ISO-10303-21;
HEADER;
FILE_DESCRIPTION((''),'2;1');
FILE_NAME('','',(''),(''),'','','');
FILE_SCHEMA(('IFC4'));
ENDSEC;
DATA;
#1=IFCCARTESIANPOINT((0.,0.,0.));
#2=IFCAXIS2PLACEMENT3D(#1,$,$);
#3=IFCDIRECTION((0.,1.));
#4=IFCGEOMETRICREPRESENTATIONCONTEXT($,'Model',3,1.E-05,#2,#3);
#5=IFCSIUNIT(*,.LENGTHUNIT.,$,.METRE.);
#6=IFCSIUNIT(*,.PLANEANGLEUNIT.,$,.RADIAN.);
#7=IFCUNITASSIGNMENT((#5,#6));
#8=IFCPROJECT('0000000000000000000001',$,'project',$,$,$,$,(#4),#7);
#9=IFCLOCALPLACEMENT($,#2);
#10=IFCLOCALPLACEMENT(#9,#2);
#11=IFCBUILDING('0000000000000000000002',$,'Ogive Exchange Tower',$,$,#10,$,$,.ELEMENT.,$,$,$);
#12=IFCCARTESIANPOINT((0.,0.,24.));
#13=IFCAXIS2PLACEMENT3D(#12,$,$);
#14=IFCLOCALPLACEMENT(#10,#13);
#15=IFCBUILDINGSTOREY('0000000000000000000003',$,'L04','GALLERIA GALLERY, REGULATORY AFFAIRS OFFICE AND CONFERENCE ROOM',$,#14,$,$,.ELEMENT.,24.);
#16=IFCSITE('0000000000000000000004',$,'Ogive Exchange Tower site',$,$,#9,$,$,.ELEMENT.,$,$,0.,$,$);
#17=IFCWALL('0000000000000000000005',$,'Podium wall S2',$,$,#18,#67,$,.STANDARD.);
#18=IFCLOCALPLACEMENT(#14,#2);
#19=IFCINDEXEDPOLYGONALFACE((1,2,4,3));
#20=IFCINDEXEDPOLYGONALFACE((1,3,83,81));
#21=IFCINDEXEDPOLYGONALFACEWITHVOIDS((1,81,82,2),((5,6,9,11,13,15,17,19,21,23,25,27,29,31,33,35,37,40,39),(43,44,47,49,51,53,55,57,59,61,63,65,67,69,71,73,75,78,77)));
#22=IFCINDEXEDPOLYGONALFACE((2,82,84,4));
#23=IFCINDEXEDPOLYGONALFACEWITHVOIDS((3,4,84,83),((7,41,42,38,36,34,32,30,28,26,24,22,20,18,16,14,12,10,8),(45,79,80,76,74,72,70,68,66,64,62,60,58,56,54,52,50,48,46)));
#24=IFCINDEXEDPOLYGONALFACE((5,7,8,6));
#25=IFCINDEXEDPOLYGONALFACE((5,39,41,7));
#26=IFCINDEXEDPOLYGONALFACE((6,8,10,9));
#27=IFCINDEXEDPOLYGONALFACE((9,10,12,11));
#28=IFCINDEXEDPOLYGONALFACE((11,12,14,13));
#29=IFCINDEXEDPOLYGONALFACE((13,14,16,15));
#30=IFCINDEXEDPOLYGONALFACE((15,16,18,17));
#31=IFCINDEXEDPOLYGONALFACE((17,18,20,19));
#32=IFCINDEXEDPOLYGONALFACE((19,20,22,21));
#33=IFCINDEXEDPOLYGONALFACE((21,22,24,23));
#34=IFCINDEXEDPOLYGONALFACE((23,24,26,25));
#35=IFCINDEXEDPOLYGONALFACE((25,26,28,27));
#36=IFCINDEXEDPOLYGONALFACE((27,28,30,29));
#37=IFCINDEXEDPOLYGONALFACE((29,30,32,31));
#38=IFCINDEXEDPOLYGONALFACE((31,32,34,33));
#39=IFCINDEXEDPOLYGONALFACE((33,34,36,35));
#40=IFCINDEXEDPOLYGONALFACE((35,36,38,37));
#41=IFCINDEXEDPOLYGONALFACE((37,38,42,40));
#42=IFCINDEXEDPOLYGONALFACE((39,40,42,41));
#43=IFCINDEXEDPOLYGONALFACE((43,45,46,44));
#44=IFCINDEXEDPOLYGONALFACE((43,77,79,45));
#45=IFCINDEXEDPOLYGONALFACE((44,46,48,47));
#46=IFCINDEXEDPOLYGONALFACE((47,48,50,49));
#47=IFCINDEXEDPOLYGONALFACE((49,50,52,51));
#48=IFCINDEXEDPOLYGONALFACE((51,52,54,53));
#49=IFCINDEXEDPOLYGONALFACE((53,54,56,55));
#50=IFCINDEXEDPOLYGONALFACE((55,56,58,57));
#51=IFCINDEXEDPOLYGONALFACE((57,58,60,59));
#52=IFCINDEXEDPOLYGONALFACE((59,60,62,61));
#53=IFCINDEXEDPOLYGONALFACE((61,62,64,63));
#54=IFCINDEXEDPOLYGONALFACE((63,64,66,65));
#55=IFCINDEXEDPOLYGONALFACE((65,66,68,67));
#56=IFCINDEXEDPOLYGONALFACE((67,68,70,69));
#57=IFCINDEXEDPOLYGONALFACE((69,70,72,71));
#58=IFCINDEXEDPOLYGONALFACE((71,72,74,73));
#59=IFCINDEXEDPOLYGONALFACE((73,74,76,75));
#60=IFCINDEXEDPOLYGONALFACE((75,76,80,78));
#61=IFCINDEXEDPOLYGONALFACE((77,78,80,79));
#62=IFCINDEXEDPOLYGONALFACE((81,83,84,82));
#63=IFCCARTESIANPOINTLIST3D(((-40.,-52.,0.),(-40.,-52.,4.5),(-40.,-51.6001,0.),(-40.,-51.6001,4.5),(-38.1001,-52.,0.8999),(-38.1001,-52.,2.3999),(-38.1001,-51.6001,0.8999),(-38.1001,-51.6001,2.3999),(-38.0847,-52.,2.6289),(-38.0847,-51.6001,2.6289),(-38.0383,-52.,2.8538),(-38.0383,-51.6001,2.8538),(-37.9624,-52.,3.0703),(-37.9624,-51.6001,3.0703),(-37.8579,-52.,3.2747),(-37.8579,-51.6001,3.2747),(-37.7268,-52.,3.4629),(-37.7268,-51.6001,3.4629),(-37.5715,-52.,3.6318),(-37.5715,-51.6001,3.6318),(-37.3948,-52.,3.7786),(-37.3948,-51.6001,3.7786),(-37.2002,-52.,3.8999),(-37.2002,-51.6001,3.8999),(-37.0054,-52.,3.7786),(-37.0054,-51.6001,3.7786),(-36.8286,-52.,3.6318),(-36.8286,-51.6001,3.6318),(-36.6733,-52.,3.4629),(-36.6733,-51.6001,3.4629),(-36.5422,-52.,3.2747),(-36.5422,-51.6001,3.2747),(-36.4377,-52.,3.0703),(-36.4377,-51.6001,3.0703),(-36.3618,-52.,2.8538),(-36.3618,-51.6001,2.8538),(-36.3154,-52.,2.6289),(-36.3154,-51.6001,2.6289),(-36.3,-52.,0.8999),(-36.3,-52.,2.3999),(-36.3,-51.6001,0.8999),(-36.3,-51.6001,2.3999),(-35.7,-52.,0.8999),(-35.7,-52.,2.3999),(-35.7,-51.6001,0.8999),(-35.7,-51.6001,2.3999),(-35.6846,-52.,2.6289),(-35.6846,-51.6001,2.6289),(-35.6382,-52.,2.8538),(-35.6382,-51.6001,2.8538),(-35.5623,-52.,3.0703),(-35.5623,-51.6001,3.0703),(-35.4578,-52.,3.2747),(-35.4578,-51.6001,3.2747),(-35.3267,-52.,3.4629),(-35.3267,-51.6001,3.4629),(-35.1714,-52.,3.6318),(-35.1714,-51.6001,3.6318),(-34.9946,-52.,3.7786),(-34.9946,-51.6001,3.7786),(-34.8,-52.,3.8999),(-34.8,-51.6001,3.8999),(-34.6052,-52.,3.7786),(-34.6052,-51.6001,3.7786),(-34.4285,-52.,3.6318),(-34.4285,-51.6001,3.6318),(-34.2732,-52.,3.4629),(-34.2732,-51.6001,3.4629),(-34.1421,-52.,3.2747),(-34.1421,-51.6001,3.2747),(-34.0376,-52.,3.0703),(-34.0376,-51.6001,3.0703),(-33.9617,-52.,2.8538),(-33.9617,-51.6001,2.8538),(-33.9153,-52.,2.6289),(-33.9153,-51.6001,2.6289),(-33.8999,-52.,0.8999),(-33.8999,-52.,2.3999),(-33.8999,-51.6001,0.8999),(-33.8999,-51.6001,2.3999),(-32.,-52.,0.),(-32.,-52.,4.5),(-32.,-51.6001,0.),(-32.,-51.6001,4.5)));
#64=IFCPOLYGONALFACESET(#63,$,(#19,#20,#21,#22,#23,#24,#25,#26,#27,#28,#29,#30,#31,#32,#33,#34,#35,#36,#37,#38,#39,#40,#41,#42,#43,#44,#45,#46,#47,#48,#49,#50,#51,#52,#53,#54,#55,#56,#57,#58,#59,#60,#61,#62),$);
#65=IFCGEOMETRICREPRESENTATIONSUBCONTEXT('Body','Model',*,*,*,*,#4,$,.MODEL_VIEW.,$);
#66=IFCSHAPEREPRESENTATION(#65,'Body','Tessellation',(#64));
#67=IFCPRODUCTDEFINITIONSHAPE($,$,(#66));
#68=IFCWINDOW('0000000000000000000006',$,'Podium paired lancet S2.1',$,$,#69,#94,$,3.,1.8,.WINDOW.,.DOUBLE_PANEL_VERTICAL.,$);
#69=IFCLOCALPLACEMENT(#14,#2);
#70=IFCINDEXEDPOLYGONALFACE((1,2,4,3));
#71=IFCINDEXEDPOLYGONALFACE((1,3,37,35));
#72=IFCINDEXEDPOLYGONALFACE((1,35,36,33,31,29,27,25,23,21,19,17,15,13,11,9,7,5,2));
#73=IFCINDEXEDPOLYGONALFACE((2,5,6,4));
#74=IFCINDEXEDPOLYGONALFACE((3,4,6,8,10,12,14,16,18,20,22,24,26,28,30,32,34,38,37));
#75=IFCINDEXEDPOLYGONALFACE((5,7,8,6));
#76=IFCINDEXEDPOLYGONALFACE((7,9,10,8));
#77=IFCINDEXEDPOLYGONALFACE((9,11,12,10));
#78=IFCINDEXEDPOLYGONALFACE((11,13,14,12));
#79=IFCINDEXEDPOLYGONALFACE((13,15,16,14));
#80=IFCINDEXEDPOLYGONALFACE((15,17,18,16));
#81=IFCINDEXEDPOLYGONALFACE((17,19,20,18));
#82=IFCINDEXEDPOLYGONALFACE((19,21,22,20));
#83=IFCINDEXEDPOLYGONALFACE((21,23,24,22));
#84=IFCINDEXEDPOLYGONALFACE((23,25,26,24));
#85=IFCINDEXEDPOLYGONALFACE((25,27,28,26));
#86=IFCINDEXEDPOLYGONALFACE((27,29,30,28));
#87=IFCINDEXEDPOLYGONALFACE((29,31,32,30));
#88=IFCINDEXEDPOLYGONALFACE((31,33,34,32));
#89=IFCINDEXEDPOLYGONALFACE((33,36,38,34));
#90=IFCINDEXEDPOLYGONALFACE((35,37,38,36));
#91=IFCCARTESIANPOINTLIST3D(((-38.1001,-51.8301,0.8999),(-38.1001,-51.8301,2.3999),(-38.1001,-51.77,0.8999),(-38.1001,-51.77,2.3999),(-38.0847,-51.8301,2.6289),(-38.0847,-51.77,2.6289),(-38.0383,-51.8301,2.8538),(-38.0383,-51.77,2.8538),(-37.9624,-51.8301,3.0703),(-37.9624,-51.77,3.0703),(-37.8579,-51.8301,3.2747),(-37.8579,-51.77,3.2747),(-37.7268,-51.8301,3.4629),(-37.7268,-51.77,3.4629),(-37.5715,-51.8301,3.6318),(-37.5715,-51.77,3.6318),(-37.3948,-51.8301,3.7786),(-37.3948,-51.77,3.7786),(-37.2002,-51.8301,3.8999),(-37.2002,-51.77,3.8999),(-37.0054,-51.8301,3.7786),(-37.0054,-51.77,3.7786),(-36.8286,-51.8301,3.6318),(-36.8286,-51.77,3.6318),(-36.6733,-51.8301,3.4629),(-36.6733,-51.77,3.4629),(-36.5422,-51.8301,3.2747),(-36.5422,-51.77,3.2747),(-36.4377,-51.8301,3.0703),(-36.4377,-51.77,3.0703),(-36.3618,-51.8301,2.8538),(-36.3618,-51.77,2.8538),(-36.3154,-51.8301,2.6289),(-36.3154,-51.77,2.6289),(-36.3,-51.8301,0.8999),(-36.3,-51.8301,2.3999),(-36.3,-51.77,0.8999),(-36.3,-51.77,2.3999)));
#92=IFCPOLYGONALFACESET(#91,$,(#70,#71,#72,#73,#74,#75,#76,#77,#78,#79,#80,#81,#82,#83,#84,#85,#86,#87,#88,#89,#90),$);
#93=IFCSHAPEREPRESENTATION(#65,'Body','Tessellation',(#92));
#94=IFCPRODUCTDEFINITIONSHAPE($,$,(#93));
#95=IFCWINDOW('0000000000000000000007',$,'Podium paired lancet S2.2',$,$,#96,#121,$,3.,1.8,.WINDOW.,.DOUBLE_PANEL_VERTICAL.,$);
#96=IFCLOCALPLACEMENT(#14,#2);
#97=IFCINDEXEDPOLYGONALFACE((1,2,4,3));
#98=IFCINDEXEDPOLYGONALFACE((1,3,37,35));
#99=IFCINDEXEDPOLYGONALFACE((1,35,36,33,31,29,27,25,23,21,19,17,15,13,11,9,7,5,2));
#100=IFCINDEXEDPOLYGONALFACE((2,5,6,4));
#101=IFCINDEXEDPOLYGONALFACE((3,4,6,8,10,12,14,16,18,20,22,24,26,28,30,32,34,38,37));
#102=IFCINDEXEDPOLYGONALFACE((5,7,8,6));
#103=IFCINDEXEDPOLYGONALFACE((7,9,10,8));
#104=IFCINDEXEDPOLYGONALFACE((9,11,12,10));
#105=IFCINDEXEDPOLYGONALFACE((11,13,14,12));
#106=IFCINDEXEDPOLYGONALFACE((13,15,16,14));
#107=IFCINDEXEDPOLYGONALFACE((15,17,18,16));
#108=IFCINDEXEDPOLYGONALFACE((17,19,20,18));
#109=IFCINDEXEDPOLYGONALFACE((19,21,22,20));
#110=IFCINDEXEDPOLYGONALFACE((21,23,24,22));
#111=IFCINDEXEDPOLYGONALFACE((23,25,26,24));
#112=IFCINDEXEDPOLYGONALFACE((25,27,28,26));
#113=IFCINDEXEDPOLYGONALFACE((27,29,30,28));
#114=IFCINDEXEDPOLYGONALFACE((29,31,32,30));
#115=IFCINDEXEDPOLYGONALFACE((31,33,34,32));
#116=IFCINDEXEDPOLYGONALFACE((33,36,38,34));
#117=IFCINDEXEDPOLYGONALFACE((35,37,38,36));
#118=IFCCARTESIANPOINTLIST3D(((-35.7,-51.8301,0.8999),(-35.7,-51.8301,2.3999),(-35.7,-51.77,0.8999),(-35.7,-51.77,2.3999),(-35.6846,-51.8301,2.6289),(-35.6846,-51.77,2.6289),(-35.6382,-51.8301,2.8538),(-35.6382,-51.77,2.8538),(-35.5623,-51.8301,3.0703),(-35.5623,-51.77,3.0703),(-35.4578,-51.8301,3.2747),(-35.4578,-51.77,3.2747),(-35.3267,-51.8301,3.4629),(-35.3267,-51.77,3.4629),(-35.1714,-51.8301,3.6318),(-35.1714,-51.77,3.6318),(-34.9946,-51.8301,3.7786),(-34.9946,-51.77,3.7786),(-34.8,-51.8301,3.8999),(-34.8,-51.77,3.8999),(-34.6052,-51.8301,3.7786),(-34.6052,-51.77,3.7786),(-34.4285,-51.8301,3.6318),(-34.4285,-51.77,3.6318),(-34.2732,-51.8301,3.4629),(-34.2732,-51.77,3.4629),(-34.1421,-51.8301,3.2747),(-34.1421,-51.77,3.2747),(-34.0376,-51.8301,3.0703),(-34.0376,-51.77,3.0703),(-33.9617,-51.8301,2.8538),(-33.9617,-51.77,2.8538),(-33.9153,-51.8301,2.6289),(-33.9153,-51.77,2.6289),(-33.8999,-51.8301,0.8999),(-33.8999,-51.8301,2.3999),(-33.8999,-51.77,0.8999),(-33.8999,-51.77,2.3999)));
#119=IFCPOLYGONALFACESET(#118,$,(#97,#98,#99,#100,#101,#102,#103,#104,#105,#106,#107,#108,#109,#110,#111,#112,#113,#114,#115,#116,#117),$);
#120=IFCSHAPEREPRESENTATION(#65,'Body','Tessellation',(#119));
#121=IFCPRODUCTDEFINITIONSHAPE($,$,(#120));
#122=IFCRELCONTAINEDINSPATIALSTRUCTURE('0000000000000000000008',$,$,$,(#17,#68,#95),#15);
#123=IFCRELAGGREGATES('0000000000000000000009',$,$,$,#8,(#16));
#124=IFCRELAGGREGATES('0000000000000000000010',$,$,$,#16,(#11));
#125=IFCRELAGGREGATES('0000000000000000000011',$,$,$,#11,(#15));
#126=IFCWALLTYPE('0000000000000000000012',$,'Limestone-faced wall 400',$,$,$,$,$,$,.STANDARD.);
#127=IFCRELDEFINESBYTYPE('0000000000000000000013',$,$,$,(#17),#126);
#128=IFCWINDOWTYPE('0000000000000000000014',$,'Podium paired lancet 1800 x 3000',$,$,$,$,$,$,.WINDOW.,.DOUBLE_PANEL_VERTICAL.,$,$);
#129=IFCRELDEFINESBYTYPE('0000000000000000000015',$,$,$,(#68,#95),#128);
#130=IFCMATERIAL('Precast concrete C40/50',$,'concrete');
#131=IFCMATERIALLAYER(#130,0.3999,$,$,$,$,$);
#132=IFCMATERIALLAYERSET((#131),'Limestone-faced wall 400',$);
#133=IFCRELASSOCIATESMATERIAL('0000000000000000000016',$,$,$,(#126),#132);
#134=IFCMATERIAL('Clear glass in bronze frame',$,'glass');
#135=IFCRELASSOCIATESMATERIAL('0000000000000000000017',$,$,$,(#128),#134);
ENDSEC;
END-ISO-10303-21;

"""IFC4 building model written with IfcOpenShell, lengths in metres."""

from ifc_helpers import new_model, si_unit, direction, frame, frame_2d, origin, place, context, subcontext, project, spatial, polyline, rectangle, outline, extrude, material, layer, layer_set, type_object, element, fill, save


model = new_model("IFC4")

# Units and contexts
model_context = context("Model", 3, precision=1e-05, world=origin(), true_north=direction((0.0, 1.0)))
body_context = subcontext(model_context, "Body", "Model", "MODEL_VIEW")
ifc_project = project(units=[si_unit("LENGTHUNIT", "METRE"), si_unit("PLANEANGLEUNIT", "RADIAN")], contexts=[model_context])

# Site, building, storey
site_placement = place(None, origin())
site = spatial("IfcSite", under=ifc_project, at=site_placement, Name="Ogive Exchange Tower site", CompositionType="ELEMENT", RefElevation=0.0)
building_placement = place(site_placement, origin())
building = spatial("IfcBuilding", under=site, at=building_placement, Name="Ogive Exchange Tower", CompositionType="ELEMENT")
storey_placement = place(building_placement, frame((0.0, 0.0, 24.0)))
storey = spatial("IfcBuildingStorey", under=building, at=storey_placement, Name="L04", Description="GALLERIA GALLERY, REGULATORY AFFAIRS OFFICE AND CONFERENCE ROOM", CompositionType="ELEMENT", Elevation=24.0)

# Shared definitions
ifc_material_1 = material(Name="Precast concrete C40/50", Category="concrete")
ifc_layer_1 = layer(ifc_material_1, 0.3999)
ifc_layer_set_1 = layer_set([ifc_layer_1], Name="Limestone-faced wall 400")
wall_type_1 = type_object("IfcWallType", Name="Limestone-faced wall 400", PredefinedType="STANDARD", material=ifc_layer_set_1)

# Wall, openings, windows
wall_1_placement = place(storey_placement, frame((-40.0, -51.8, 0.0), z_axis=(0.0, 0.0, 1.0), x_axis=(1.0, 0.0, 0.0)))
wall_1 = element("IfcWall", 1, at=wall_1_placement, inside=storey, type_object=wall_type_1, Name="Podium wall S2", PredefinedType="STANDARD", context=body_context, shape_type="SweptSolid", body=[
    extrude(rectangle(XDim=8.0, YDim=0.3999, at=frame_2d((4.0, 0.0))), origin(), (0.0, 0.0, 1.0), 4.5),
])
opening_1_placement = place(wall_1_placement, frame((1.8999, 0.0, 0.8999)))
opening_1 = element("IfcOpeningElement", 2, at=opening_1_placement, cuts=wall_1, PredefinedType="OPENING", context=body_context, shape_type="SweptSolid", body=[
    extrude(outline(polyline([(0.0, 0.0), (1.8, 0.0), (1.8, 1.5), (1.7847, 1.729), (1.7383, 1.9539), (1.6624, 2.1704), (1.5579, 2.3748), (1.4268, 2.563), (1.2715, 2.7319), (1.0947, 2.8787), (0.8999, 3.0), (0.7053, 2.8787), (0.5286, 2.7319), (0.3733, 2.563), (0.2422, 2.3748), (0.1377, 2.1704), (0.0618, 1.9539), (0.0154, 1.729), (0.0, 1.5), (0.0, 0.0)])), frame((0.0, 0.21, 0.0), z_axis=(0.0, -1.0, 0.0), x_axis=(1.0, 0.0, 0.0)), (0.0, 0.0, 1.0), 0.4199),
])
opening_2_placement = place(wall_1_placement, frame((4.3, 0.0, 0.8999)))
opening_2 = element("IfcOpeningElement", 3, at=opening_2_placement, cuts=wall_1, PredefinedType="OPENING", context=body_context, shape_type="SweptSolid", body=[
    extrude(outline(polyline([(0.0, 0.0), (1.8, 0.0), (1.8, 1.5), (1.7847, 1.729), (1.7383, 1.9539), (1.6624, 2.1704), (1.5579, 2.3748), (1.4268, 2.563), (1.2715, 2.7319), (1.0947, 2.8787), (0.8999, 3.0), (0.7053, 2.8787), (0.5286, 2.7319), (0.3733, 2.563), (0.2422, 2.3748), (0.1377, 2.1704), (0.0618, 1.9539), (0.0154, 1.729), (0.0, 1.5), (0.0, 0.0)])), frame((0.0, 0.21, 0.0), z_axis=(0.0, -1.0, 0.0), x_axis=(1.0, 0.0, 0.0)), (0.0, 0.0, 1.0), 0.4199),
])
ifc_material_2 = material(Name="Clear glass in bronze frame", Category="glass")
window_type_1 = type_object("IfcWindowType", Name="Podium paired lancet 1800 x 3000", PartitioningType="DOUBLE_PANEL_VERTICAL", PredefinedType="WINDOW", material=ifc_material_2)
window_1_placement = place(opening_1_placement, origin())
window_1 = element("IfcWindow", 4, at=window_1_placement, inside=storey, type_object=window_type_1, Name="Podium paired lancet S2.1", OverallHeight=3.0, OverallWidth=1.8, PartitioningType="DOUBLE_PANEL_VERTICAL", PredefinedType="WINDOW", context=body_context, shape_type="SweptSolid", body=[
    extrude(outline(polyline([(0.0, 0.0), (1.8, 0.0), (1.8, 1.5), (1.7847, 1.729), (1.7383, 1.9539), (1.6624, 2.1704), (1.5579, 2.3748), (1.4268, 2.563), (1.2715, 2.7319), (1.0947, 2.8787), (0.8999, 3.0), (0.7053, 2.8787), (0.5286, 2.7319), (0.3733, 2.563), (0.2422, 2.3748), (0.1377, 2.1704), (0.0618, 1.9539), (0.0154, 1.729), (0.0, 1.5), (0.0, 0.0)])), frame((0.0, 0.03, 0.0), z_axis=(0.0, -1.0, 0.0), x_axis=(1.0, 0.0, 0.0)), (0.0, 0.0, 1.0), 0.0601),
])
fill(opening_1, window_1)
window_2_placement = place(opening_2_placement, origin())
window_2 = element("IfcWindow", 5, at=window_2_placement, inside=storey, type_object=window_type_1, Name="Podium paired lancet S2.2", OverallHeight=3.0, OverallWidth=1.8, PartitioningType="DOUBLE_PANEL_VERTICAL", PredefinedType="WINDOW", context=body_context, shape_type="SweptSolid", body=[
    extrude(outline(polyline([(0.0, 0.0), (1.8, 0.0), (1.8, 1.5), (1.7847, 1.729), (1.7383, 1.9539), (1.6624, 2.1704), (1.5579, 2.3748), (1.4268, 2.563), (1.2715, 2.7319), (1.0947, 2.8787), (0.8999, 3.0), (0.7053, 2.8787), (0.5286, 2.7319), (0.3733, 2.563), (0.2422, 2.3748), (0.1377, 2.1704), (0.0618, 1.9539), (0.0154, 1.729), (0.0, 1.5), (0.0, 0.0)])), frame((0.0, 0.03, 0.0), z_axis=(0.0, -1.0, 0.0), x_axis=(1.0, 0.0, 0.0)), (0.0, 0.0, 1.0), 0.0601),
])
fill(opening_2, window_2)

save(model, "model.ifc")
